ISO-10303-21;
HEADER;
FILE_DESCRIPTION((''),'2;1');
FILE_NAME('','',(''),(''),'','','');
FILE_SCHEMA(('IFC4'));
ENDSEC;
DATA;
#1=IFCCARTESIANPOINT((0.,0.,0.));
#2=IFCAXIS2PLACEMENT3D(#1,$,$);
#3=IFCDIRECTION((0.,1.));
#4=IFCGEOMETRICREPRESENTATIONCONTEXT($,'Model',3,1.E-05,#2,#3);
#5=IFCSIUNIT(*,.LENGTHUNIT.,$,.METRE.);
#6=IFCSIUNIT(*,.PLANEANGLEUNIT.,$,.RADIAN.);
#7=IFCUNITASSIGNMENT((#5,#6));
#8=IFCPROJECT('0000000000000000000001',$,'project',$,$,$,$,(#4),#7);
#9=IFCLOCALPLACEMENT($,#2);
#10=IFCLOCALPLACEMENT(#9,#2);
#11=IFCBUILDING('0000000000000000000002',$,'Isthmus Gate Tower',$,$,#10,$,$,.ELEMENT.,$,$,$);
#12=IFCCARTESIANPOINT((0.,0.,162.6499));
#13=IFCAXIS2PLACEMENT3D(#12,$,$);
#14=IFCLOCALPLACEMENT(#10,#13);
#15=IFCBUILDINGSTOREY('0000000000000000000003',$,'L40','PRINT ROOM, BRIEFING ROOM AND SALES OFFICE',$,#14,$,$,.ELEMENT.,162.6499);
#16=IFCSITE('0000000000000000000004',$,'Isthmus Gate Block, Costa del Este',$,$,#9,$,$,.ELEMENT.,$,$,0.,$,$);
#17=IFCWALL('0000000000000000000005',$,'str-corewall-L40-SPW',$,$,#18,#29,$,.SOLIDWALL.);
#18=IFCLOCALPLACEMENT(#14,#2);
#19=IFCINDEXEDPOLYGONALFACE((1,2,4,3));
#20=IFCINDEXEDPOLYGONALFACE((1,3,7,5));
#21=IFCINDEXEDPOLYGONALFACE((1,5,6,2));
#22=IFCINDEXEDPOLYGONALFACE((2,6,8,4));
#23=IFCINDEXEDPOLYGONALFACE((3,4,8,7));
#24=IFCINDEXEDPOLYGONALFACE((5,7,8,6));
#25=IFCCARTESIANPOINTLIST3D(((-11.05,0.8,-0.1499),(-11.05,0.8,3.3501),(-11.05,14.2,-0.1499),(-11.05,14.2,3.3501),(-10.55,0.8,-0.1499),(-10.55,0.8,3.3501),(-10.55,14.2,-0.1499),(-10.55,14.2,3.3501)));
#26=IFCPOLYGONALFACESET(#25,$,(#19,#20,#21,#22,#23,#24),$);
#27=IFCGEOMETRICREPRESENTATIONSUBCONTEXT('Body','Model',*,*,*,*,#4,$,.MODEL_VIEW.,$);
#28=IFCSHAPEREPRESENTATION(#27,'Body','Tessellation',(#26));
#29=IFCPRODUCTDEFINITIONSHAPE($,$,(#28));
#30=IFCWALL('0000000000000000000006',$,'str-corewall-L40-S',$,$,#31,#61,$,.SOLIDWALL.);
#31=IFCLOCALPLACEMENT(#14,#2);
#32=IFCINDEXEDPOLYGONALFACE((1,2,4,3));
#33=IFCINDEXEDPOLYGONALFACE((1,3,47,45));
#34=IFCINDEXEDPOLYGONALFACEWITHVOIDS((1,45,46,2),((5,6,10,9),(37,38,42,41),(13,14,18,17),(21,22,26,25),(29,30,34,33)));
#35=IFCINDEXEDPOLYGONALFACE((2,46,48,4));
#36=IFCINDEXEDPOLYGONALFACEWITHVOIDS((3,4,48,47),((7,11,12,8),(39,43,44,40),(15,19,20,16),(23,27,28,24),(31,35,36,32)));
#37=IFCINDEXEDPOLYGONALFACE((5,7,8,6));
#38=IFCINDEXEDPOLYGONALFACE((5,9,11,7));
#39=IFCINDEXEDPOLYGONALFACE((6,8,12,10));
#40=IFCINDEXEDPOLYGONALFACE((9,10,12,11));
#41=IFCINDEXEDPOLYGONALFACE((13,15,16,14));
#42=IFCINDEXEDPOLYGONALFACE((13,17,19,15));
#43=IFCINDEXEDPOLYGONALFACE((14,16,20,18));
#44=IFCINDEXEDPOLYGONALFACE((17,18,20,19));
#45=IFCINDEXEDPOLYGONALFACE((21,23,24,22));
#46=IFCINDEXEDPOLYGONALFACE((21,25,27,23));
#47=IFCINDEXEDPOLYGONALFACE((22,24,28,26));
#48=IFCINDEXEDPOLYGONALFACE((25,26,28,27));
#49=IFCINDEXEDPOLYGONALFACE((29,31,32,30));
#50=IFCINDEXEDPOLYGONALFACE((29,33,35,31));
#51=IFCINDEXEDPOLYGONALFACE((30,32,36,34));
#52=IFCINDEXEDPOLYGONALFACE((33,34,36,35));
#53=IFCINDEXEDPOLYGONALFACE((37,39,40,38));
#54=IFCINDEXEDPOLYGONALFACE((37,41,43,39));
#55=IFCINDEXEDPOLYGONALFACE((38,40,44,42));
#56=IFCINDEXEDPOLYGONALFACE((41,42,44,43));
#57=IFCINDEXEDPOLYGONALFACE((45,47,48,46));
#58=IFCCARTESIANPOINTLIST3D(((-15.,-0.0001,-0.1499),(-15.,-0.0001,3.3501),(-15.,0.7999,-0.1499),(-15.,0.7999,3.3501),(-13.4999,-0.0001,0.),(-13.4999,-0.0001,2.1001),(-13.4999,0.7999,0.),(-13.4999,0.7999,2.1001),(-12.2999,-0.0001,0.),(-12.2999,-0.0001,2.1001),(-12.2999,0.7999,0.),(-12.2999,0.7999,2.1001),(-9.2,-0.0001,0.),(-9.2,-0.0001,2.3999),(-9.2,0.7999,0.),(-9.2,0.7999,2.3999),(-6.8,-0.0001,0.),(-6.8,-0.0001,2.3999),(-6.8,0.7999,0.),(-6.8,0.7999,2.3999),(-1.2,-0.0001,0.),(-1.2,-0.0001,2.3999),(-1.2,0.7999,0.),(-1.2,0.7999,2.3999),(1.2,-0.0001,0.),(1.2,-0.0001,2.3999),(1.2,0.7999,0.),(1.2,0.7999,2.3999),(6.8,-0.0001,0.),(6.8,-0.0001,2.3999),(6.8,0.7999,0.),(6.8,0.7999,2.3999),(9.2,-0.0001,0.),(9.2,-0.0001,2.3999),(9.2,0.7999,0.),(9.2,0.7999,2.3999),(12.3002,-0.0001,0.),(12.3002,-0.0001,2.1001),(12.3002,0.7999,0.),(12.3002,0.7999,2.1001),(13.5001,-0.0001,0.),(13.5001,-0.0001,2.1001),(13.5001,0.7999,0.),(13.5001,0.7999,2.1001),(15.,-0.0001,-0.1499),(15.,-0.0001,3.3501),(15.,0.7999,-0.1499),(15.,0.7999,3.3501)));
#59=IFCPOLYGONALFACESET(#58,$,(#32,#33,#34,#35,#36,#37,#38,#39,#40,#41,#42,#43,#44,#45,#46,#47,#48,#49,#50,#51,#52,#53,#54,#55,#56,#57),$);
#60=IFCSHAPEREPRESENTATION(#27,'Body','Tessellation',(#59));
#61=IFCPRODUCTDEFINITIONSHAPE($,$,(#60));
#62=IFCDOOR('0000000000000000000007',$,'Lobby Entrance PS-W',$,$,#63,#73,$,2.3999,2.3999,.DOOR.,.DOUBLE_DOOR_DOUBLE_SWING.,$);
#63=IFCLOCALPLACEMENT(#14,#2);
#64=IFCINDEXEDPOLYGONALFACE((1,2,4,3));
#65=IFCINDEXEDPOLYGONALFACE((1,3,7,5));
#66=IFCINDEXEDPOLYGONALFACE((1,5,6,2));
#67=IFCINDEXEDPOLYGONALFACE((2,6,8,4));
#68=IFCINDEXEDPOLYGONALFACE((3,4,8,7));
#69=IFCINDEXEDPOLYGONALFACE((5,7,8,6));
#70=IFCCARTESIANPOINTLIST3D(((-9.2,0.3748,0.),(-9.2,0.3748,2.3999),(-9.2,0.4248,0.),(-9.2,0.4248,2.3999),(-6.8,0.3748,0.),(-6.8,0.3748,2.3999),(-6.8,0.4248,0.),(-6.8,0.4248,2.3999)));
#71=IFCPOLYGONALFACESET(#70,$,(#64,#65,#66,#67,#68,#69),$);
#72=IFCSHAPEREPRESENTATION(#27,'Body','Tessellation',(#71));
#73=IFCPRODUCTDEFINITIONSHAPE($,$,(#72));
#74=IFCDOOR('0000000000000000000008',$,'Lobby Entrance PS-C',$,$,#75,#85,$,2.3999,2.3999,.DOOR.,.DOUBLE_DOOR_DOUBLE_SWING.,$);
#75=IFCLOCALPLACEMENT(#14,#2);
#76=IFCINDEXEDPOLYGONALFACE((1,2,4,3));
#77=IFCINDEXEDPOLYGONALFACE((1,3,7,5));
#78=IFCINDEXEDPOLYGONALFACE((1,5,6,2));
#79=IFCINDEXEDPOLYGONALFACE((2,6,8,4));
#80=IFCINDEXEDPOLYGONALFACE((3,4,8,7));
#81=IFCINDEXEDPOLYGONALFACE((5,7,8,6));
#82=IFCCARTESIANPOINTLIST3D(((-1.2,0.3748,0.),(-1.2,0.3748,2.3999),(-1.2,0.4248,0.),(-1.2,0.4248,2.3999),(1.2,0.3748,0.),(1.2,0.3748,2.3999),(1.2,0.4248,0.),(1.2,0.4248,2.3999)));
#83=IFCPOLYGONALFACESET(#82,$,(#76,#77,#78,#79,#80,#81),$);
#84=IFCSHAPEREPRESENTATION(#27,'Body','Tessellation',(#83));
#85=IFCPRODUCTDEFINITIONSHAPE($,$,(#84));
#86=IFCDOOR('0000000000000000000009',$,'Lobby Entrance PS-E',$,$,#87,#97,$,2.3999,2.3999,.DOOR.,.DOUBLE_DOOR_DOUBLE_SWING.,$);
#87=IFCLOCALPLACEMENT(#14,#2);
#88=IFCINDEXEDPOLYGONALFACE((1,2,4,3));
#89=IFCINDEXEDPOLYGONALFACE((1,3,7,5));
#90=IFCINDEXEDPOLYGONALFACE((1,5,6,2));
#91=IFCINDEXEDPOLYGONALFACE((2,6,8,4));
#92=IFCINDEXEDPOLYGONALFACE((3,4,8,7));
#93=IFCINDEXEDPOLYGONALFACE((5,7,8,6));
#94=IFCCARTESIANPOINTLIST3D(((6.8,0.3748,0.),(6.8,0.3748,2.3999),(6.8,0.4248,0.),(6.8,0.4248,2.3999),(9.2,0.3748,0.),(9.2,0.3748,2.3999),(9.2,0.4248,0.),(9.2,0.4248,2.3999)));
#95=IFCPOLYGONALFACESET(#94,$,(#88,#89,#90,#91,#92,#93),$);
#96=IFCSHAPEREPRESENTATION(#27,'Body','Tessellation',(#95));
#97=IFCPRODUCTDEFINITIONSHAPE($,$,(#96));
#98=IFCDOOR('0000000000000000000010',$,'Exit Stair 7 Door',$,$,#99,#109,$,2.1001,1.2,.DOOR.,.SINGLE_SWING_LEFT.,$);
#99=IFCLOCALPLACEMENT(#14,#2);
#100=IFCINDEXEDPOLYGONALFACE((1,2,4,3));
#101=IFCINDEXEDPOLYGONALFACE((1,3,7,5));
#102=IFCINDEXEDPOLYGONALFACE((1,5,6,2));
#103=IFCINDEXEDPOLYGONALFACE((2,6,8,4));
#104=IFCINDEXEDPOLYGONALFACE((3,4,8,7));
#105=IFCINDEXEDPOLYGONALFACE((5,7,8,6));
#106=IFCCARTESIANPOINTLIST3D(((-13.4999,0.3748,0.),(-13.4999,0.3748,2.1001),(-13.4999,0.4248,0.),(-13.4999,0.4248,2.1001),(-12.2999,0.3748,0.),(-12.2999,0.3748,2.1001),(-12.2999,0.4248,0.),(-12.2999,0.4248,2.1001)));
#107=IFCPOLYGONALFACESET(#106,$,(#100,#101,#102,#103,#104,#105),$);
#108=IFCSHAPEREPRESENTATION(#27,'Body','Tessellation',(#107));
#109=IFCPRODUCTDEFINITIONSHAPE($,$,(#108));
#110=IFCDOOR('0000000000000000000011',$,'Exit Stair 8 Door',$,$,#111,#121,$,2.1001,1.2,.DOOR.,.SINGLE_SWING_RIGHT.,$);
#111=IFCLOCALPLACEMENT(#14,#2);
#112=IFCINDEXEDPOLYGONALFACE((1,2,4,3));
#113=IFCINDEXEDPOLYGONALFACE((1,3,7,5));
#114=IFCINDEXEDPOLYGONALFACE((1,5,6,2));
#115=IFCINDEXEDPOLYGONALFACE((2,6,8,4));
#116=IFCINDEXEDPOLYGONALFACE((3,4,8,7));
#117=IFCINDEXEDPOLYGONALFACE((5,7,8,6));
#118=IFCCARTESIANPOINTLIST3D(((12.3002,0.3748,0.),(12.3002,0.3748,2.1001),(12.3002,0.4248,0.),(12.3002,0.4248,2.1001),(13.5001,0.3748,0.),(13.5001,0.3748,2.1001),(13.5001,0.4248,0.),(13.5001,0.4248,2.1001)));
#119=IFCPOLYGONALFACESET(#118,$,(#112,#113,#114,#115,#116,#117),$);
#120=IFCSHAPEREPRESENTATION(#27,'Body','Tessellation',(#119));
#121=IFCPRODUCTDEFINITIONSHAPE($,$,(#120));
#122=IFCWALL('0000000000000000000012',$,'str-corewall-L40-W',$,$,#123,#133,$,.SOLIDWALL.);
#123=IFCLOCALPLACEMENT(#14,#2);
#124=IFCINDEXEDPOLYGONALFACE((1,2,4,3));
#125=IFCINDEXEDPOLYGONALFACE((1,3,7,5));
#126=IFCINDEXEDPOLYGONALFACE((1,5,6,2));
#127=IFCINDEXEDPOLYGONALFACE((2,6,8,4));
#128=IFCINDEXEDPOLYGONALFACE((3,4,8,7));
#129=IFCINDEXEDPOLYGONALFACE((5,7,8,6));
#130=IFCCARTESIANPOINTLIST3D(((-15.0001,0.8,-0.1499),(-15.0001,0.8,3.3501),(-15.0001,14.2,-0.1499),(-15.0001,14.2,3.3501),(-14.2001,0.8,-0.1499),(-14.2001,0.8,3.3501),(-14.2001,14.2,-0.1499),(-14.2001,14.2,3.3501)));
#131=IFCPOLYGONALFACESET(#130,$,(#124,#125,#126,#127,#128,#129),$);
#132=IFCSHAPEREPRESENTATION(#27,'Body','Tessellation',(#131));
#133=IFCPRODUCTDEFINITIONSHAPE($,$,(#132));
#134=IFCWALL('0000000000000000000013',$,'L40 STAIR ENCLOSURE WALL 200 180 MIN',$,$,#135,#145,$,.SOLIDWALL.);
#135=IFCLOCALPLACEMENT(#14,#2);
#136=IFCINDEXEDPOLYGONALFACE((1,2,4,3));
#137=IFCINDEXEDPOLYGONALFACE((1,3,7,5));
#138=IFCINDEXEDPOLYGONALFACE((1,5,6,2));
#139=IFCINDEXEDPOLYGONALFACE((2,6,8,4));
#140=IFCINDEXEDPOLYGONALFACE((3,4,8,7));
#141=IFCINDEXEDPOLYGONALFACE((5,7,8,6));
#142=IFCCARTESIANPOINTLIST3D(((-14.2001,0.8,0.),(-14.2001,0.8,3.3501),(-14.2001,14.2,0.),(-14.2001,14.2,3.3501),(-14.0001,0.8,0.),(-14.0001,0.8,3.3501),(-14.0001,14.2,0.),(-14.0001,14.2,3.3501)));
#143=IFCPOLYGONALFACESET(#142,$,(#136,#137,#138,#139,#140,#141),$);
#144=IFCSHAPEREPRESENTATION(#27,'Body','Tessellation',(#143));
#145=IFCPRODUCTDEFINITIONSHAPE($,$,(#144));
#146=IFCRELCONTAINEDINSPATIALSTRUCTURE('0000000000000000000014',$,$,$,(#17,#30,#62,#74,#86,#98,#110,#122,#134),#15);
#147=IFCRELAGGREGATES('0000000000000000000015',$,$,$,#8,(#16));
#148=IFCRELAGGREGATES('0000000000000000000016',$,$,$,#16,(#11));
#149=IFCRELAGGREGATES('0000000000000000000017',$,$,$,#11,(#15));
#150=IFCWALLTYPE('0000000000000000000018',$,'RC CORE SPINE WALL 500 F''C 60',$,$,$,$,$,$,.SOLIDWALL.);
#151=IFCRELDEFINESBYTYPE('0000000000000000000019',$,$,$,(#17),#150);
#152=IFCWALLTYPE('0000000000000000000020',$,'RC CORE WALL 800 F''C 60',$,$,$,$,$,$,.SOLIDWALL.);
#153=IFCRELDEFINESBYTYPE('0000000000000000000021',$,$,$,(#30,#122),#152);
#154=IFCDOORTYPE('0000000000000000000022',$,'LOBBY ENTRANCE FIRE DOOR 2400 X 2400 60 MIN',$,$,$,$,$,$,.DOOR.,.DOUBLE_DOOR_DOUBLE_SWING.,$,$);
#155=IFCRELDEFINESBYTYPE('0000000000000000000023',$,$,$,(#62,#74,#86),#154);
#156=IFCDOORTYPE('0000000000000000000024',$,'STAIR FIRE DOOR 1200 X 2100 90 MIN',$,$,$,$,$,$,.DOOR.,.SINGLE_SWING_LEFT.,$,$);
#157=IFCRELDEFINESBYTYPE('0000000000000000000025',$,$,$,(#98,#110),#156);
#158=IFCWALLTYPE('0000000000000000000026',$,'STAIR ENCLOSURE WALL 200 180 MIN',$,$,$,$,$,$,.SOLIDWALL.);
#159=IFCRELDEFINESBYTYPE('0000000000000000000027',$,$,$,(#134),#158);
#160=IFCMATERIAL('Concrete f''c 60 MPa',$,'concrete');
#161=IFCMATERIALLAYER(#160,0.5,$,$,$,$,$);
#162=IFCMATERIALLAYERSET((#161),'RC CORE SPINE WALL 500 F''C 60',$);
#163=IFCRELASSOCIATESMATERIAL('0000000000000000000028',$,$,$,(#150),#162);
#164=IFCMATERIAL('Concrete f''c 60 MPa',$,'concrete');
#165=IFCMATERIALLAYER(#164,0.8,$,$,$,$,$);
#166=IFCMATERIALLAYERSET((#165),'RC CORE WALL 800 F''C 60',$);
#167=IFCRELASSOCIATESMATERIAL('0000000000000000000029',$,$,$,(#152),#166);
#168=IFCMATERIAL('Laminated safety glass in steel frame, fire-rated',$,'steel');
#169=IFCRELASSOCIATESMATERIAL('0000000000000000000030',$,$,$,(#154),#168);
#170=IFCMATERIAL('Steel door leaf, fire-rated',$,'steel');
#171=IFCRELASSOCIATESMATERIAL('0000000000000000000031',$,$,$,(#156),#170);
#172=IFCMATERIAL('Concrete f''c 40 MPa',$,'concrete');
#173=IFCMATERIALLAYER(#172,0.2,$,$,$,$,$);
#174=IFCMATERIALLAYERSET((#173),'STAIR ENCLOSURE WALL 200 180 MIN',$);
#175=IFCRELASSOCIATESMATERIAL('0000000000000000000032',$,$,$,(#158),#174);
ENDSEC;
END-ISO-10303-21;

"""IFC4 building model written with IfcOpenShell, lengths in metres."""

from ifc_helpers import new_model, si_unit, direction, frame, frame_2d, origin, place, context, subcontext, project, spatial, rectangle, extrude, material, layer, layer_set, type_object, element, fill, save


model = new_model("IFC4")

# Units and contexts
model_context = context("Model", 3, precision=1e-05, world=origin(), true_north=direction((0.0, 1.0)))
body_context = subcontext(model_context, "Body", "Model", "MODEL_VIEW")
ifc_project = project(units=[si_unit("LENGTHUNIT", "METRE"), si_unit("PLANEANGLEUNIT", "RADIAN")], contexts=[model_context])

# Site, building, storey
site_placement = place(None, origin())
site = spatial("IfcSite", under=ifc_project, at=site_placement, Name="Isthmus Gate Block, Costa del Este", CompositionType="ELEMENT", RefElevation=0.0)
building_placement = place(site_placement, origin())
building = spatial("IfcBuilding", under=site, at=building_placement, Name="Isthmus Gate Tower", CompositionType="ELEMENT")
storey_placement = place(building_placement, frame((0.0, 0.0, 162.6499)))
storey = spatial("IfcBuildingStorey", under=building, at=storey_placement, Name="L40", Description="PRINT ROOM, BRIEFING ROOM AND SALES OFFICE", CompositionType="ELEMENT", Elevation=162.6499)

# Wall
ifc_material_1 = material(Name="Concrete f'c 60 MPa", Category="concrete")
ifc_layer_1 = layer(ifc_material_1, 0.5)
ifc_layer_set_1 = layer_set([ifc_layer_1], Name="RC CORE SPINE WALL 500 F'C 60")
wall_type_1 = type_object("IfcWallType", Name="RC CORE SPINE WALL 500 F'C 60", PredefinedType="SOLIDWALL", material=ifc_layer_set_1)
wall_1_placement = place(storey_placement, frame((-10.8, 0.8, -0.1499), z_axis=(0.0, 0.0, 1.0), x_axis=(0.0, 1.0, 0.0)))
element("IfcWall", 1, at=wall_1_placement, inside=storey, type_object=wall_type_1, Name="str-corewall-L40-SPW", PredefinedType="SOLIDWALL", context=body_context, shape_type="SweptSolid", body=[
    extrude(rectangle(XDim=13.3999, YDim=0.5, at=frame_2d((6.7, 0.0))), origin(), (0.0, 0.0, 1.0), 3.5),
])

# Wall, openings, doors
ifc_material_2 = material(Name="Concrete f'c 60 MPa", Category="concrete")
ifc_layer_2 = layer(ifc_material_2, 0.8)
ifc_layer_set_2 = layer_set([ifc_layer_2], Name="RC CORE WALL 800 F'C 60")
wall_type_2 = type_object("IfcWallType", Name="RC CORE WALL 800 F'C 60", PredefinedType="SOLIDWALL", material=ifc_layer_set_2)
wall_2_placement = place(storey_placement, frame((-15.0, 0.3999, -0.1499), z_axis=(0.0, 0.0, 1.0), x_axis=(1.0, 0.0, 0.0)))
wall_2 = element("IfcWall", 2, at=wall_2_placement, inside=storey, type_object=wall_type_2, Name="str-corewall-L40-S", PredefinedType="SOLIDWALL", context=body_context, shape_type="SweptSolid", body=[
    extrude(rectangle(XDim=30.0, YDim=0.8, at=frame_2d((15.0, 0.0))), origin(), (0.0, 0.0, 1.0), 3.5),
])
opening_1_placement = place(wall_2_placement, frame((5.8, 0.0, 0.1499)))
opening_1 = element("IfcOpeningElement", 3, at=opening_1_placement, cuts=wall_2, PredefinedType="OPENING", context=body_context, shape_type="SweptSolid", body=[
    extrude(rectangle(XDim=2.3999, YDim=2.3999, at=frame_2d((1.2, 1.2))), frame((0.0, 0.4099, 0.0), z_axis=(0.0, -1.0, 0.0), x_axis=(1.0, 0.0, 0.0)), (0.0, 0.0, 1.0), 0.8201),
])
opening_2_placement = place(wall_2_placement, frame((13.8, 0.0, 0.1499)))
opening_2 = element("IfcOpeningElement", 4, at=opening_2_placement, cuts=wall_2, PredefinedType="OPENING", context=body_context, shape_type="SweptSolid", body=[
    extrude(rectangle(XDim=2.3999, YDim=2.3999, at=frame_2d((1.2, 1.2))), frame((0.0, 0.4099, 0.0), z_axis=(0.0, -1.0, 0.0), x_axis=(1.0, 0.0, 0.0)), (0.0, 0.0, 1.0), 0.8201),
])
opening_3_placement = place(wall_2_placement, frame((21.8, 0.0, 0.1499)))
opening_3 = element("IfcOpeningElement", 5, at=opening_3_placement, cuts=wall_2, PredefinedType="OPENING", context=body_context, shape_type="SweptSolid", body=[
    extrude(rectangle(XDim=2.3999, YDim=2.3999, at=frame_2d((1.2, 1.2))), frame((0.0, 0.4099, 0.0), z_axis=(0.0, -1.0, 0.0), x_axis=(1.0, 0.0, 0.0)), (0.0, 0.0, 1.0), 0.8201),
])
opening_4_placement = place(wall_2_placement, frame((1.5, 0.0, 0.1499)))
opening_4 = element("IfcOpeningElement", 6, at=opening_4_placement, cuts=wall_2, PredefinedType="OPENING", context=body_context, shape_type="SweptSolid", body=[
    extrude(rectangle(XDim=1.2, YDim=2.1001, at=frame_2d((0.6001, 1.05))), frame((0.0, 0.4099, 0.0), z_axis=(0.0, -1.0, 0.0), x_axis=(1.0, 0.0, 0.0)), (0.0, 0.0, 1.0), 0.8201),
])
opening_5_placement = place(wall_2_placement, frame((27.3, 0.0, 0.1499)))
opening_5 = element("IfcOpeningElement", 7, at=opening_5_placement, cuts=wall_2, PredefinedType="OPENING", context=body_context, shape_type="SweptSolid", body=[
    extrude(rectangle(XDim=1.2, YDim=2.1001, at=frame_2d((0.6001, 1.05))), frame((0.0, 0.4099, 0.0), z_axis=(0.0, -1.0, 0.0), x_axis=(1.0, 0.0, 0.0)), (0.0, 0.0, 1.0), 0.8201),
])
ifc_material_3 = material(Name="Laminated safety glass in steel frame, fire-rated", Category="steel")
door_type_1 = type_object("IfcDoorType", Name="LOBBY ENTRANCE FIRE DOOR 2400 X 2400 60 MIN", OperationType="DOUBLE_DOOR_DOUBLE_SWING", PredefinedType="DOOR", material=ifc_material_3)
door_1_placement = place(opening_1_placement, origin())
door_1 = element("IfcDoor", 8, at=door_1_placement, inside=storey, type_object=door_type_1, Name="Lobby Entrance PS-W", OperationType="DOUBLE_DOOR_DOUBLE_SWING", OverallHeight=2.3999, OverallWidth=2.3999, PredefinedType="DOOR", context=body_context, shape_type="SweptSolid", body=[
    extrude(rectangle(XDim=2.3999, YDim=2.3999, at=frame_2d((1.2, 1.2))), frame((0.0, 0.0249, 0.0), z_axis=(0.0, -1.0, 0.0), x_axis=(1.0, 0.0, 0.0)), (0.0, 0.0, 1.0), 0.05),
])
fill(opening_1, door_1)
door_2_placement = place(opening_2_placement, origin())
door_2 = element("IfcDoor", 9, at=door_2_placement, inside=storey, type_object=door_type_1, Name="Lobby Entrance PS-C", OperationType="DOUBLE_DOOR_DOUBLE_SWING", OverallHeight=2.3999, OverallWidth=2.3999, PredefinedType="DOOR", context=body_context, shape_type="SweptSolid", body=[
    extrude(rectangle(XDim=2.3999, YDim=2.3999, at=frame_2d((1.2, 1.2))), frame((0.0, 0.0249, 0.0), z_axis=(0.0, -1.0, 0.0), x_axis=(1.0, 0.0, 0.0)), (0.0, 0.0, 1.0), 0.05),
])
fill(opening_2, door_2)
door_3_placement = place(opening_3_placement, origin())
door_3 = element("IfcDoor", 10, at=door_3_placement, inside=storey, type_object=door_type_1, Name="Lobby Entrance PS-E", OperationType="DOUBLE_DOOR_DOUBLE_SWING", OverallHeight=2.3999, OverallWidth=2.3999, PredefinedType="DOOR", context=body_context, shape_type="SweptSolid", body=[
    extrude(rectangle(XDim=2.3999, YDim=2.3999, at=frame_2d((1.2, 1.2))), frame((0.0, 0.0249, 0.0), z_axis=(0.0, -1.0, 0.0), x_axis=(1.0, 0.0, 0.0)), (0.0, 0.0, 1.0), 0.05),
])
fill(opening_3, door_3)
ifc_material_4 = material(Name="Steel door leaf, fire-rated", Category="steel")
door_type_2 = type_object("IfcDoorType", Name="STAIR FIRE DOOR 1200 X 2100 90 MIN", OperationType="SINGLE_SWING_LEFT", PredefinedType="DOOR", material=ifc_material_4)
door_4_placement = place(opening_4_placement, origin())
door_4 = element("IfcDoor", 11, at=door_4_placement, inside=storey, type_object=door_type_2, Name="Exit Stair 7 Door", OperationType="SINGLE_SWING_LEFT", OverallHeight=2.1001, OverallWidth=1.2, PredefinedType="DOOR", context=body_context, shape_type="SweptSolid", body=[
    extrude(rectangle(XDim=1.2, YDim=2.1001, at=frame_2d((0.6001, 1.05))), frame((0.0, 0.0249, 0.0), z_axis=(0.0, -1.0, 0.0), x_axis=(1.0, 0.0, 0.0)), (0.0, 0.0, 1.0), 0.05),
])
fill(opening_4, door_4)
door_5_placement = place(opening_5_placement, origin())
door_5 = element("IfcDoor", 12, at=door_5_placement, inside=storey, type_object=door_type_2, Name="Exit Stair 8 Door", OperationType="SINGLE_SWING_RIGHT", OverallHeight=2.1001, OverallWidth=1.2, PredefinedType="DOOR", context=body_context, shape_type="SweptSolid", body=[
    extrude(rectangle(XDim=1.2, YDim=2.1001, at=frame_2d((0.6001, 1.05))), frame((0.0, 0.0249, 0.0), z_axis=(0.0, -1.0, 0.0), x_axis=(1.0, 0.0, 0.0)), (0.0, 0.0, 1.0), 0.05),
])
fill(opening_5, door_5)

# Walls
wall_3_placement = place(storey_placement, frame((-14.6001, 0.8, -0.1499), z_axis=(0.0, 0.0, 1.0), x_axis=(0.0, 1.0, 0.0)))
element("IfcWall", 13, at=wall_3_placement, inside=storey, type_object=wall_type_2, Name="str-corewall-L40-W", PredefinedType="SOLIDWALL", context=body_context, shape_type="SweptSolid", body=[
    extrude(rectangle(XDim=13.3999, YDim=0.8, at=frame_2d((6.7, 0.0))), origin(), (0.0, 0.0, 1.0), 3.5),
])
ifc_material_5 = material(Name="Concrete f'c 40 MPa", Category="concrete")
ifc_layer_3 = layer(ifc_material_5, 0.2)
ifc_layer_set_3 = layer_set([ifc_layer_3], Name="STAIR ENCLOSURE WALL 200 180 MIN")
wall_type_3 = type_object("IfcWallType", Name="STAIR ENCLOSURE WALL 200 180 MIN", PredefinedType="SOLIDWALL", material=ifc_layer_set_3)
wall_4_placement = place(storey_placement, frame((-14.1001, 0.8, 0.0), z_axis=(0.0, 0.0, 1.0), x_axis=(0.0, 1.0, 0.0)))
element("IfcWall", 14, at=wall_4_placement, inside=storey, type_object=wall_type_3, Name="L40 STAIR ENCLOSURE WALL 200 180 MIN", PredefinedType="SOLIDWALL", context=body_context, shape_type="SweptSolid", body=[
    extrude(rectangle(XDim=13.3999, YDim=0.2, at=frame_2d((6.7, 0.0))), origin(), (0.0, 0.0, 1.0), 3.3501),
])

save(model, "model.ifc")
